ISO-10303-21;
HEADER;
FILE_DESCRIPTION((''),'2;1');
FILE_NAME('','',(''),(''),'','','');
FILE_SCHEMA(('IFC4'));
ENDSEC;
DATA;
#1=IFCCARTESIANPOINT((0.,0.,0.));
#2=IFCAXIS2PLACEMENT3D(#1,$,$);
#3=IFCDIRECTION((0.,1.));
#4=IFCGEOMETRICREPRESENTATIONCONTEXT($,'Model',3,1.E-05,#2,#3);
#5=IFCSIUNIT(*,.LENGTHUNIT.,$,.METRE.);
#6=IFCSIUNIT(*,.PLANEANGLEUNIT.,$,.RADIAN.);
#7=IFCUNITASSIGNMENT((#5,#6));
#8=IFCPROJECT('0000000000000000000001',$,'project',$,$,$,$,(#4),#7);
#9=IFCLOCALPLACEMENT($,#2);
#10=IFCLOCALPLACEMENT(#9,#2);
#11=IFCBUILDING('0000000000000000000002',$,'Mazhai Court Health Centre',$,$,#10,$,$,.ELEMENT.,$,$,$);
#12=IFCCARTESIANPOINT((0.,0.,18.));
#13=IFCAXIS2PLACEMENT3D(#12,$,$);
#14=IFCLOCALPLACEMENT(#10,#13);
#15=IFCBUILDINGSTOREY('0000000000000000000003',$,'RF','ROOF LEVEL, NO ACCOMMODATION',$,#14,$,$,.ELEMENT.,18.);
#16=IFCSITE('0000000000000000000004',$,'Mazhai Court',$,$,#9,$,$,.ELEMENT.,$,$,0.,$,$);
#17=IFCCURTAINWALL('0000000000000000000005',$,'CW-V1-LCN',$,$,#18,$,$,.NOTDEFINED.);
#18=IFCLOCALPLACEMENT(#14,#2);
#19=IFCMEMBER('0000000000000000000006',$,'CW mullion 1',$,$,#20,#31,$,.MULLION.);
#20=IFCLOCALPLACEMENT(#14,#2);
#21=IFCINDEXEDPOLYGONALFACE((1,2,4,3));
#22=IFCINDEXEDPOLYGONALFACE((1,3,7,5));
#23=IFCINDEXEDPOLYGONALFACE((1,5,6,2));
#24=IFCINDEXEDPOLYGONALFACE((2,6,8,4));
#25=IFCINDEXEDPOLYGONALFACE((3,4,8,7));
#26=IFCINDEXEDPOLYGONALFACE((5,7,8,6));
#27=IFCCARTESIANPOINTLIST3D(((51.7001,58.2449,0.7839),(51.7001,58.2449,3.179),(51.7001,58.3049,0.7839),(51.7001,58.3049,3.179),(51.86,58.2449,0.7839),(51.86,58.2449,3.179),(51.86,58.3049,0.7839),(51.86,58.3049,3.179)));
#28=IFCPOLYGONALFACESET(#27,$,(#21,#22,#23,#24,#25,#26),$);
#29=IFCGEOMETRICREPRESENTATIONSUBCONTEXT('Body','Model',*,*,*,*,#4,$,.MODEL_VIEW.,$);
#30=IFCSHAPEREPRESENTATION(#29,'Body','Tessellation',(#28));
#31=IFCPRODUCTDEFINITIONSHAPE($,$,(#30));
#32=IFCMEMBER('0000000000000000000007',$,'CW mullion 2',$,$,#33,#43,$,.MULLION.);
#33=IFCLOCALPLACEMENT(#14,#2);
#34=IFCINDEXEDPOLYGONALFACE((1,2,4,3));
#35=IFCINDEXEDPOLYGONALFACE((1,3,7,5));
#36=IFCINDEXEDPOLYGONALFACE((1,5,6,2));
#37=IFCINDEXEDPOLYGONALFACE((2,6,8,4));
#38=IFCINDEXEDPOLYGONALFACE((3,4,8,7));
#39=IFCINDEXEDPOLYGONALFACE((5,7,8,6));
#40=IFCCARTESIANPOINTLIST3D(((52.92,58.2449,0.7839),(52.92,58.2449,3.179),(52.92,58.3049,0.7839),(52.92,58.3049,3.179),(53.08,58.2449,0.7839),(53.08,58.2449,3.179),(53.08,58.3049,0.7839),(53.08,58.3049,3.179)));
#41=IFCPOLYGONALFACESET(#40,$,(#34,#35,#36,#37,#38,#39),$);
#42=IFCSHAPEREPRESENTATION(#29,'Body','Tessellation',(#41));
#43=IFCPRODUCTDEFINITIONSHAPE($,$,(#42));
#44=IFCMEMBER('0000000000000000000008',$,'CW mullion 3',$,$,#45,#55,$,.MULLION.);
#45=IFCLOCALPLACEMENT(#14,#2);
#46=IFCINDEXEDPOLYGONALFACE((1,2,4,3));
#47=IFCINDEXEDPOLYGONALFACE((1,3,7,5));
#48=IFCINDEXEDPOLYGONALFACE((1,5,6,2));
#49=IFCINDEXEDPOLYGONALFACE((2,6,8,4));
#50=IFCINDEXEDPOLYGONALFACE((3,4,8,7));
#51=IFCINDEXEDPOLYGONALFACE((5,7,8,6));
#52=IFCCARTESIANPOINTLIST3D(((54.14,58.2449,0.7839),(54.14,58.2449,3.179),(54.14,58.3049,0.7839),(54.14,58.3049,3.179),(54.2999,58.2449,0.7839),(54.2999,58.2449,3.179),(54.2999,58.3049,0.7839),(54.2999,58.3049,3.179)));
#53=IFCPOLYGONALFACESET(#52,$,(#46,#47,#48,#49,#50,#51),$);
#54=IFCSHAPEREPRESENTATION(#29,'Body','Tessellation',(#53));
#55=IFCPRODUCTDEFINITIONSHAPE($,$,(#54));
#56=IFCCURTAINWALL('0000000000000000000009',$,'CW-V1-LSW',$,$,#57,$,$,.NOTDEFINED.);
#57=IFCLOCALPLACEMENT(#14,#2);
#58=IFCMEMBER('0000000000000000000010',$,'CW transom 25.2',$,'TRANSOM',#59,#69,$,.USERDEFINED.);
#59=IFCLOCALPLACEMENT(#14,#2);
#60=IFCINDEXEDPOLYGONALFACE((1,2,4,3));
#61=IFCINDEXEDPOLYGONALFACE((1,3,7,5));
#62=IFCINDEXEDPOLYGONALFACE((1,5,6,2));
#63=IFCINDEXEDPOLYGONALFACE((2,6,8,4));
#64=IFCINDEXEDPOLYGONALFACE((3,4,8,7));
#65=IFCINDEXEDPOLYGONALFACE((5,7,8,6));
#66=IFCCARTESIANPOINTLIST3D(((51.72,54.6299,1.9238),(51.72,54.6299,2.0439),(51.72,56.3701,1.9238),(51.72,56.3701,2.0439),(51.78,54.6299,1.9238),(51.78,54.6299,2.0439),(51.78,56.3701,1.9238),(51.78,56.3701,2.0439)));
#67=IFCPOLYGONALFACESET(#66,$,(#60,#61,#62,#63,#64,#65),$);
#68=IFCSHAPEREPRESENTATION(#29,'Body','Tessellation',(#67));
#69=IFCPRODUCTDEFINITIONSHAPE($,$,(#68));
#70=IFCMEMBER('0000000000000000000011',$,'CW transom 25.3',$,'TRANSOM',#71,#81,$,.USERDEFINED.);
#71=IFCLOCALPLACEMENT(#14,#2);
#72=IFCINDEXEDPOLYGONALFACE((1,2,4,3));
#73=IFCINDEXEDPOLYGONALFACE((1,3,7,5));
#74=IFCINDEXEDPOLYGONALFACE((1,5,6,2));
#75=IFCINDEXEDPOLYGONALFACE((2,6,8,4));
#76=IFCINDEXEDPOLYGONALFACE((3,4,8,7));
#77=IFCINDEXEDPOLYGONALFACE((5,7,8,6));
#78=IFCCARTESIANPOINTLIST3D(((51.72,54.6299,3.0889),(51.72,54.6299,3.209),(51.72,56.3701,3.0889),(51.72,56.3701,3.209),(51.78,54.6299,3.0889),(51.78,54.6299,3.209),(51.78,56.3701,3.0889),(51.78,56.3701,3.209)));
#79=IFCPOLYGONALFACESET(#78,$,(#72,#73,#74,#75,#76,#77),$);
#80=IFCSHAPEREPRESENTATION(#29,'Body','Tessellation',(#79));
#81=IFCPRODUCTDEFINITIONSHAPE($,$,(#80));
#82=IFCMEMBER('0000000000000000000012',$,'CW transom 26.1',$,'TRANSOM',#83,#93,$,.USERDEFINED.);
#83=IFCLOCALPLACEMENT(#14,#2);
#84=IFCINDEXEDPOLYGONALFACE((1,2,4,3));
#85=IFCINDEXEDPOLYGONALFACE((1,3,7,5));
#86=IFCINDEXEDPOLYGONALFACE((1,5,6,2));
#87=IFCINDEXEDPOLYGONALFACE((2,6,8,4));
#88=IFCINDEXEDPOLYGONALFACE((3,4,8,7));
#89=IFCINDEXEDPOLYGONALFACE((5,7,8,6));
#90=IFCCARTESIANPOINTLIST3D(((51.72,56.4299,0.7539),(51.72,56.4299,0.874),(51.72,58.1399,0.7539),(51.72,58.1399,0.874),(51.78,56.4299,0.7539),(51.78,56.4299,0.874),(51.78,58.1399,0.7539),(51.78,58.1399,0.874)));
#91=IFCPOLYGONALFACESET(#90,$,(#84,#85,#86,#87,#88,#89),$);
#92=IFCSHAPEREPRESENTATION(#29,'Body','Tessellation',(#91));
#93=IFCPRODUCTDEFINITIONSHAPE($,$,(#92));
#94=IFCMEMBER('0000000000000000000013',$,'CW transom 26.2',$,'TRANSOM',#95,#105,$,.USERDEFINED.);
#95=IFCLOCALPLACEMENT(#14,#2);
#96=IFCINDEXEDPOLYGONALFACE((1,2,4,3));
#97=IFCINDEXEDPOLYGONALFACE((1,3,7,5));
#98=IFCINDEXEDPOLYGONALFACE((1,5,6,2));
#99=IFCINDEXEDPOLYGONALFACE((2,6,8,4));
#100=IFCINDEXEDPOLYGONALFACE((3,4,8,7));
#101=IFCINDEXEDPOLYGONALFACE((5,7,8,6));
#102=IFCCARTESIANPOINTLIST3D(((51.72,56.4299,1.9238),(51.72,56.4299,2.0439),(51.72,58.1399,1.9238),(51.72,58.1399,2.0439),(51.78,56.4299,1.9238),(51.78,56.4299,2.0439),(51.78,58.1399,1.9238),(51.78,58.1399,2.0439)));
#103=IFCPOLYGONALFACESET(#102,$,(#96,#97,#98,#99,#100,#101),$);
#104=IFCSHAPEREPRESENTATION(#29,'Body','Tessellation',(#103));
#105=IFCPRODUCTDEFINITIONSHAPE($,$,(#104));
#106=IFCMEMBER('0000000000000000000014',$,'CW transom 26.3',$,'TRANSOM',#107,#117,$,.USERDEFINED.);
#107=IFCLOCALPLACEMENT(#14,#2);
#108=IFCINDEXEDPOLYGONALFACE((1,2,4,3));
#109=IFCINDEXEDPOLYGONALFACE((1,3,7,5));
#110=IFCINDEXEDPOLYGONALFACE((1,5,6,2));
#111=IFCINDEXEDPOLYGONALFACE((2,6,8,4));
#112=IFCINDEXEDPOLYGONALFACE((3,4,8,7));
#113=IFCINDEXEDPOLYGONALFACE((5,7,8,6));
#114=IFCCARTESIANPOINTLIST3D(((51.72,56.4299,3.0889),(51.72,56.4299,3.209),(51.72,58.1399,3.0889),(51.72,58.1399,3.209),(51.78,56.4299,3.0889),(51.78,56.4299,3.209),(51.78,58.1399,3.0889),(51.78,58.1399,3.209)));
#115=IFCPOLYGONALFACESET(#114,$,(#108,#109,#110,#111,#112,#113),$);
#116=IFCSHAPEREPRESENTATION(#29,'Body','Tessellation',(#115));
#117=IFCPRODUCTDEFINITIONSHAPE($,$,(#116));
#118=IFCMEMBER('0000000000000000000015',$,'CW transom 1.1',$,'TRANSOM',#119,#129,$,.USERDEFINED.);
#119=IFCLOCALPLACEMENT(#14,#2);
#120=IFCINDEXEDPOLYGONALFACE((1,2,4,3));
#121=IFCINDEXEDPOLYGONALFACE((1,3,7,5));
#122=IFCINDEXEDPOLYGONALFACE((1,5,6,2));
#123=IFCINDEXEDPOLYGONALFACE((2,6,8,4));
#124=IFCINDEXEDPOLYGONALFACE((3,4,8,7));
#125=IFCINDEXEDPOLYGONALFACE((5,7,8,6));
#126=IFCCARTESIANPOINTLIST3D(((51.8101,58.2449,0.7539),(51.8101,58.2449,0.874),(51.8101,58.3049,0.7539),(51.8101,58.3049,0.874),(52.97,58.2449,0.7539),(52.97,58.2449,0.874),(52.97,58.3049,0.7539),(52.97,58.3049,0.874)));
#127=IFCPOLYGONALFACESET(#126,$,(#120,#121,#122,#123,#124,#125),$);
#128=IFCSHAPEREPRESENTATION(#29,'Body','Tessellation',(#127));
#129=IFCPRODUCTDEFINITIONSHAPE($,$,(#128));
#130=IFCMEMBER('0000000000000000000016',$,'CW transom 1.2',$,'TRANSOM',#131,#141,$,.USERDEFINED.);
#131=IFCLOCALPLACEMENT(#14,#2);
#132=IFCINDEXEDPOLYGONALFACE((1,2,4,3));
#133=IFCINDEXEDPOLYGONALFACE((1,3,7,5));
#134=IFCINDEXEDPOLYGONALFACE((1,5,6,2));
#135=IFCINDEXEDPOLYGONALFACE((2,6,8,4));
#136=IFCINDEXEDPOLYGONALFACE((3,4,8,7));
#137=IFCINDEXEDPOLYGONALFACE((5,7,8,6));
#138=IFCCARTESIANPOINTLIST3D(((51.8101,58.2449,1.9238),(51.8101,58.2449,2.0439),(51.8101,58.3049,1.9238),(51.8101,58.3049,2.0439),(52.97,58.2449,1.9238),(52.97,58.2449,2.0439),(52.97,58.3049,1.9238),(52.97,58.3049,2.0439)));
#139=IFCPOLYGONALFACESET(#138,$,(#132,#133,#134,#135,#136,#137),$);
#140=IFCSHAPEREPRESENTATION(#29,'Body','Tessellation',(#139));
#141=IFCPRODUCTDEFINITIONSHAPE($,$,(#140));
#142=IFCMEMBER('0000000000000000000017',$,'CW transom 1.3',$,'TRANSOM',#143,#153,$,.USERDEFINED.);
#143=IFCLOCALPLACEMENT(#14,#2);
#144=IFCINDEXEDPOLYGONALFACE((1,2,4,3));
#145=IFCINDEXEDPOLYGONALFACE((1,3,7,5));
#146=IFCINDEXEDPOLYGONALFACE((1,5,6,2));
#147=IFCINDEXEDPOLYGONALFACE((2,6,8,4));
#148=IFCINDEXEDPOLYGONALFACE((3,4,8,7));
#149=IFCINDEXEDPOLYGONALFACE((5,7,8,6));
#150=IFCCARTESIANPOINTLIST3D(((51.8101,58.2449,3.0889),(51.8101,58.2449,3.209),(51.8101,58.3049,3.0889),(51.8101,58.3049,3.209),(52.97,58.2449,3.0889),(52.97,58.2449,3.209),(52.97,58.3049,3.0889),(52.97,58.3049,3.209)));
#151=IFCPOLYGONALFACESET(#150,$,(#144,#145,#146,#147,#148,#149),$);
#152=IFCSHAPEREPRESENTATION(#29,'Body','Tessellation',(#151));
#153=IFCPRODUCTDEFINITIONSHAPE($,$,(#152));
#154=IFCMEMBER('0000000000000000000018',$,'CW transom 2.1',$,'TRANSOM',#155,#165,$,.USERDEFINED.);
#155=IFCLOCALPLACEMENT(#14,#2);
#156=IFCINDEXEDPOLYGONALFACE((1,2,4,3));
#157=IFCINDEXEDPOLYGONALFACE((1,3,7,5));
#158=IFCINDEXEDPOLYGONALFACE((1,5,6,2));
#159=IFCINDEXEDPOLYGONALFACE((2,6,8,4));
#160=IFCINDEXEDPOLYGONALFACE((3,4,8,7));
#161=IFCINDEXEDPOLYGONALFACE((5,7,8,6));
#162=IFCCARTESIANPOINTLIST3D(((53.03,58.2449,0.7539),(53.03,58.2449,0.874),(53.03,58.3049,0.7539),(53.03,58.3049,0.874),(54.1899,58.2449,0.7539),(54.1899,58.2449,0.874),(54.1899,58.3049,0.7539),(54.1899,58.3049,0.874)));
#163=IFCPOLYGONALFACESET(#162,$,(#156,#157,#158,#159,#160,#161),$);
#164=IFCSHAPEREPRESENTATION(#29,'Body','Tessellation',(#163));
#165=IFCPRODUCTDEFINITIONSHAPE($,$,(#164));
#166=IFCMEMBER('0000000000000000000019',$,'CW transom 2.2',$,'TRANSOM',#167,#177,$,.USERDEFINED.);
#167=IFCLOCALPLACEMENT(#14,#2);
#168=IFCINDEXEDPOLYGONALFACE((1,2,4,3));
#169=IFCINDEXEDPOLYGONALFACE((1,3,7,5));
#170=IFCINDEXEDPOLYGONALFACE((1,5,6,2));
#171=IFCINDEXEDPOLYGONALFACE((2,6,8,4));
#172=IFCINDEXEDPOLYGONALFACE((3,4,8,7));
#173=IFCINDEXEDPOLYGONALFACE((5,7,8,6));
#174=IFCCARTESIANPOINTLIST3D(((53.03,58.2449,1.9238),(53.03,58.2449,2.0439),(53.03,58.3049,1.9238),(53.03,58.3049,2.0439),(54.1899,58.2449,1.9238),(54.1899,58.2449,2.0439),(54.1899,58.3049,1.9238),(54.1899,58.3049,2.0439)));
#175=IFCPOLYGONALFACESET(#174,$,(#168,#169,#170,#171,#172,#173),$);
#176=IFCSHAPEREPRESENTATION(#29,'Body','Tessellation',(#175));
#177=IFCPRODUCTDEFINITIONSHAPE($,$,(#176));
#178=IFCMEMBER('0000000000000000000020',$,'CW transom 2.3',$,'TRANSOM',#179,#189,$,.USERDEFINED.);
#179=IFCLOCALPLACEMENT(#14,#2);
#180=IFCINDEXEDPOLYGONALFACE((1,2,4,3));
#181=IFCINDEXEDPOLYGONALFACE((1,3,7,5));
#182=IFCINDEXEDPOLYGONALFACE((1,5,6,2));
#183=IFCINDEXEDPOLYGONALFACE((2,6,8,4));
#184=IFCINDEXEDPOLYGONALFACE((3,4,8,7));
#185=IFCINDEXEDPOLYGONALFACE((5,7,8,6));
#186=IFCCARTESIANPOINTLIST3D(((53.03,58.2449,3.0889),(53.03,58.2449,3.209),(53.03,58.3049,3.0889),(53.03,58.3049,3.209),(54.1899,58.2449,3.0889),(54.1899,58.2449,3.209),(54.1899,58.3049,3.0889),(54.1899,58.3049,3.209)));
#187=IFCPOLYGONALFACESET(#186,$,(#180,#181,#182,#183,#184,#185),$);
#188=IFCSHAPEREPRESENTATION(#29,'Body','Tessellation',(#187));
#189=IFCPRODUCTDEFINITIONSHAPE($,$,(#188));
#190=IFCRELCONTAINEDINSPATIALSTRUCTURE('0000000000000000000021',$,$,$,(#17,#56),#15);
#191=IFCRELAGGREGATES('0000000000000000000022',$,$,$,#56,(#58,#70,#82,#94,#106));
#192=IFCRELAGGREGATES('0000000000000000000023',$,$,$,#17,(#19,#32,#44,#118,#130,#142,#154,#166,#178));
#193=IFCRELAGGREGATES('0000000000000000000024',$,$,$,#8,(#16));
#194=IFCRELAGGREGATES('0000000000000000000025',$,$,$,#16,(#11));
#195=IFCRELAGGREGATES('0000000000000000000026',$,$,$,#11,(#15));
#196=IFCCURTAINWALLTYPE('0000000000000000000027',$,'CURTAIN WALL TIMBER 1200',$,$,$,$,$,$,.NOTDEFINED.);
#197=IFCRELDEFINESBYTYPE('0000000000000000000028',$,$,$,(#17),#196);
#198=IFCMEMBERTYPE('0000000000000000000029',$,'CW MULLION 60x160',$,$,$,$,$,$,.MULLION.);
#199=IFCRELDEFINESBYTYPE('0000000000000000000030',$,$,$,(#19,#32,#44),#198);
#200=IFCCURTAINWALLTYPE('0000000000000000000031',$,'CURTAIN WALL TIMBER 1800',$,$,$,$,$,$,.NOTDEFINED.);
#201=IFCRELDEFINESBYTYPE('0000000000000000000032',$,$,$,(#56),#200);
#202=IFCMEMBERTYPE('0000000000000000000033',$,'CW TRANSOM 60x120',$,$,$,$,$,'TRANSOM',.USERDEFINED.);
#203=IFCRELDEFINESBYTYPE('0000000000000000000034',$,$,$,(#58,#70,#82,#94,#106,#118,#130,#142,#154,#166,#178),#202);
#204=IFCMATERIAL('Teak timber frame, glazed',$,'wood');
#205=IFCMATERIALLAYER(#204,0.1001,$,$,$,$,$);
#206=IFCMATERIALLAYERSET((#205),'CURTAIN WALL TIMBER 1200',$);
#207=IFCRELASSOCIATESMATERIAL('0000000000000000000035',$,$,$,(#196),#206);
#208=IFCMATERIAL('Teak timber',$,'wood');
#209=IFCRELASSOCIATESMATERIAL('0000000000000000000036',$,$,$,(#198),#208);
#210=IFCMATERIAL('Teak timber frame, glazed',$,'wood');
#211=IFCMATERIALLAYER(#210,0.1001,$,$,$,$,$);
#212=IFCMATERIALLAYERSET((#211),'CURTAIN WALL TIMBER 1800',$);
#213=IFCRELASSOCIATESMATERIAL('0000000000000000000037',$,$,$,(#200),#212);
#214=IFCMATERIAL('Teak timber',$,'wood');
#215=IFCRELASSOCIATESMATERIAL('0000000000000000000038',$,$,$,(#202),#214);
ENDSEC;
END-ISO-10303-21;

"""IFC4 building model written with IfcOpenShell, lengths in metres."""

from ifc_helpers import new_model, si_unit, direction, frame, origin, origin_2d, place, context, subcontext, project, spatial, rectangle, extrude, material, layer, layer_set, material_profile, profile_set, type_object, element, aggregate, save


model = new_model("IFC4")

# Units and contexts
model_context = context("Model", 3, precision=1e-05, world=origin(), true_north=direction((0.0, 1.0)))
body_context = subcontext(model_context, "Body", "Model", "MODEL_VIEW")
ifc_project = project(units=[si_unit("LENGTHUNIT", "METRE"), si_unit("PLANEANGLEUNIT", "RADIAN")], contexts=[model_context])

# Site, building, storey
site_placement = place(None, origin())
site = spatial("IfcSite", under=ifc_project, at=site_placement, Name="Mazhai Court", CompositionType="ELEMENT", RefElevation=0.0)
building_placement = place(site_placement, origin())
building = spatial("IfcBuilding", under=site, at=building_placement, Name="Mazhai Court Health Centre", CompositionType="ELEMENT")
storey_placement = place(building_placement, frame((0.0, 0.0, 18.0)))
storey = spatial("IfcBuildingStorey", under=building, at=storey_placement, Name="RF", Description="ROOF LEVEL, NO ACCOMMODATION", CompositionType="ELEMENT", Elevation=18.0)

# Curtain walls, members
ifc_material_1 = material(Name="Teak timber frame, glazed", Category="wood")
ifc_layer_1 = layer(ifc_material_1, 0.1001)
ifc_layer_set_1 = layer_set([ifc_layer_1], Name="CURTAIN WALL TIMBER 1200")
curtain_wall_type_1 = type_object("IfcCurtainWallType", Name="CURTAIN WALL TIMBER 1200", PredefinedType="NOTDEFINED", material=ifc_layer_set_1)
curtain_wall_1_placement = place(storey_placement, origin())
curtain_wall_1 = element("IfcCurtainWall", 1, at=curtain_wall_1_placement, inside=storey, type_object=curtain_wall_type_1, Name="CW-V1-LCN", PredefinedType="NOTDEFINED")
ifc_material_2 = material(Name="Teak timber", Category="wood")
ifc_material_profile_1 = material_profile(ifc_material_2, rectangle(XDim=0.0601, YDim=0.1599, at=origin_2d()), Name="CW MULLION 60x160")
ifc_profile_set_1 = profile_set([ifc_material_profile_1], Name="Teak timber")
member_type_1 = type_object("IfcMemberType", Name="CW MULLION 60x160", PredefinedType="MULLION", material=ifc_profile_set_1)
member_1_placement = place(storey_placement, frame((51.78, 58.2749, 0.7839), z_axis=(0.0, 0.0, 1.0), x_axis=(0.0, 1.0, 0.0)))
member_1 = element("IfcMember", 2, at=member_1_placement, type_object=member_type_1, Name="CW mullion 1", PredefinedType="MULLION", context=body_context, shape_type="SweptSolid", body=[
    extrude(rectangle(XDim=0.0601, YDim=0.1599, at=origin_2d()), origin(), (0.0, 0.0, 1.0), 2.395),
])
member_2_placement = place(storey_placement, frame((53.0, 58.2749, 0.7839), z_axis=(0.0, 0.0, 1.0), x_axis=(0.0, 1.0, 0.0)))
member_2 = element("IfcMember", 3, at=member_2_placement, type_object=member_type_1, Name="CW mullion 2", PredefinedType="MULLION", context=body_context, shape_type="SweptSolid", body=[
    extrude(rectangle(XDim=0.0601, YDim=0.1599, at=origin_2d()), origin(), (0.0, 0.0, 1.0), 2.395),
])
member_3_placement = place(storey_placement, frame((54.22, 58.2749, 0.7839), z_axis=(0.0, 0.0, 1.0), x_axis=(0.0, 1.0, 0.0)))
member_3 = element("IfcMember", 4, at=member_3_placement, type_object=member_type_1, Name="CW mullion 3", PredefinedType="MULLION", context=body_context, shape_type="SweptSolid", body=[
    extrude(rectangle(XDim=0.0601, YDim=0.1599, at=origin_2d()), origin(), (0.0, 0.0, 1.0), 2.395),
])
ifc_material_3 = material(Name="Teak timber frame, glazed", Category="wood")
ifc_layer_2 = layer(ifc_material_3, 0.1001)
ifc_layer_set_2 = layer_set([ifc_layer_2], Name="CURTAIN WALL TIMBER 1800")
curtain_wall_type_2 = type_object("IfcCurtainWallType", Name="CURTAIN WALL TIMBER 1800", PredefinedType="NOTDEFINED", material=ifc_layer_set_2)
curtain_wall_2_placement = place(storey_placement, origin())
curtain_wall_2 = element("IfcCurtainWall", 5, at=curtain_wall_2_placement, inside=storey, type_object=curtain_wall_type_2, Name="CW-V1-LSW", PredefinedType="NOTDEFINED")
ifc_material_4 = material(Name="Teak timber", Category="wood")
ifc_material_profile_2 = material_profile(ifc_material_4, rectangle(XDim=0.0601, YDim=0.1201, at=origin_2d()), Name="CW TRANSOM 60x120")
ifc_profile_set_2 = profile_set([ifc_material_profile_2], Name="Teak timber")
member_type_2 = type_object("IfcMemberType", Name="CW TRANSOM 60x120", ElementType="TRANSOM", PredefinedType="USERDEFINED", material=ifc_profile_set_2)
member_4_placement = place(storey_placement, frame((51.75, 54.6299, 1.9839), z_axis=(0.0, 1.0, 0.0), x_axis=(-1.0, 0.0, 0.0)))
member_4 = element("IfcMember", 6, at=member_4_placement, type_object=member_type_2, Name="CW transom 25.2", ObjectType="TRANSOM", PredefinedType="USERDEFINED", context=body_context, shape_type="SweptSolid", body=[
    extrude(rectangle(XDim=0.0601, YDim=0.1201, at=origin_2d()), origin(), (0.0, 0.0, 1.0), 1.7402),
])
member_5_placement = place(storey_placement, frame((51.75, 54.6299, 3.1489), z_axis=(0.0, 1.0, 0.0), x_axis=(-1.0, 0.0, 0.0)))
member_5 = element("IfcMember", 7, at=member_5_placement, type_object=member_type_2, Name="CW transom 25.3", ObjectType="TRANSOM", PredefinedType="USERDEFINED", context=body_context, shape_type="SweptSolid", body=[
    extrude(rectangle(XDim=0.0601, YDim=0.1201, at=origin_2d()), origin(), (0.0, 0.0, 1.0), 1.7402),
])
member_6_placement = place(storey_placement, frame((51.75, 56.4299, 0.814), z_axis=(0.0, 1.0, 0.0), x_axis=(-1.0, 0.0, 0.0)))
member_6 = element("IfcMember", 8, at=member_6_placement, type_object=member_type_2, Name="CW transom 26.1", ObjectType="TRANSOM", PredefinedType="USERDEFINED", context=body_context, shape_type="SweptSolid", body=[
    extrude(rectangle(XDim=0.0601, YDim=0.1201, at=origin_2d()), origin(), (0.0, 0.0, 1.0), 1.71),
])
member_7_placement = place(storey_placement, frame((51.75, 56.4299, 1.9839), z_axis=(0.0, 1.0, 0.0), x_axis=(-1.0, 0.0, 0.0)))
member_7 = element("IfcMember", 9, at=member_7_placement, type_object=member_type_2, Name="CW transom 26.2", ObjectType="TRANSOM", PredefinedType="USERDEFINED", context=body_context, shape_type="SweptSolid", body=[
    extrude(rectangle(XDim=0.0601, YDim=0.1201, at=origin_2d()), origin(), (0.0, 0.0, 1.0), 1.71),
])
member_8_placement = place(storey_placement, frame((51.75, 56.4299, 3.1489), z_axis=(0.0, 1.0, 0.0), x_axis=(-1.0, 0.0, 0.0)))
member_8 = element("IfcMember", 10, at=member_8_placement, type_object=member_type_2, Name="CW transom 26.3", ObjectType="TRANSOM", PredefinedType="USERDEFINED", context=body_context, shape_type="SweptSolid", body=[
    extrude(rectangle(XDim=0.0601, YDim=0.1201, at=origin_2d()), origin(), (0.0, 0.0, 1.0), 1.71),
])

# Members
member_9_placement = place(storey_placement, frame((51.8101, 58.2749, 0.814), z_axis=(1.0, 0.0, 0.0), x_axis=(0.0, 1.0, 0.0)))
member_9 = element("IfcMember", 11, at=member_9_placement, type_object=member_type_2, Name="CW transom 1.1", ObjectType="TRANSOM", PredefinedType="USERDEFINED", context=body_context, shape_type="SweptSolid", body=[
    extrude(rectangle(XDim=0.0601, YDim=0.1201, at=origin_2d()), origin(), (0.0, 0.0, 1.0), 1.1599),
])
member_10_placement = place(storey_placement, frame((51.8101, 58.2749, 1.9839), z_axis=(1.0, 0.0, 0.0), x_axis=(0.0, 1.0, 0.0)))
member_10 = element("IfcMember", 12, at=member_10_placement, type_object=member_type_2, Name="CW transom 1.2", ObjectType="TRANSOM", PredefinedType="USERDEFINED", context=body_context, shape_type="SweptSolid", body=[
    extrude(rectangle(XDim=0.0601, YDim=0.1201, at=origin_2d()), origin(), (0.0, 0.0, 1.0), 1.1599),
])
member_11_placement = place(storey_placement, frame((51.8101, 58.2749, 3.1489), z_axis=(1.0, 0.0, 0.0), x_axis=(0.0, 1.0, 0.0)))
member_11 = element("IfcMember", 13, at=member_11_placement, type_object=member_type_2, Name="CW transom 1.3", ObjectType="TRANSOM", PredefinedType="USERDEFINED", context=body_context, shape_type="SweptSolid", body=[
    extrude(rectangle(XDim=0.0601, YDim=0.1201, at=origin_2d()), origin(), (0.0, 0.0, 1.0), 1.1599),
])
member_12_placement = place(storey_placement, frame((53.03, 58.2749, 0.814), z_axis=(1.0, 0.0, 0.0), x_axis=(0.0, 1.0, 0.0)))
member_12 = element("IfcMember", 14, at=member_12_placement, type_object=member_type_2, Name="CW transom 2.1", ObjectType="TRANSOM", PredefinedType="USERDEFINED", context=body_context, shape_type="SweptSolid", body=[
    extrude(rectangle(XDim=0.0601, YDim=0.1201, at=origin_2d()), origin(), (0.0, 0.0, 1.0), 1.1599),
])
member_13_placement = place(storey_placement, frame((53.03, 58.2749, 1.9839), z_axis=(1.0, 0.0, 0.0), x_axis=(0.0, 1.0, 0.0)))
member_13 = element("IfcMember", 15, at=member_13_placement, type_object=member_type_2, Name="CW transom 2.2", ObjectType="TRANSOM", PredefinedType="USERDEFINED", context=body_context, shape_type="SweptSolid", body=[
    extrude(rectangle(XDim=0.0601, YDim=0.1201, at=origin_2d()), origin(), (0.0, 0.0, 1.0), 1.1599),
])
member_14_placement = place(storey_placement, frame((53.03, 58.2749, 3.1489), z_axis=(1.0, 0.0, 0.0), x_axis=(0.0, 1.0, 0.0)))
member_14 = element("IfcMember", 16, at=member_14_placement, type_object=member_type_2, Name="CW transom 2.3", ObjectType="TRANSOM", PredefinedType="USERDEFINED", context=body_context, shape_type="SweptSolid", body=[
    extrude(rectangle(XDim=0.0601, YDim=0.1201, at=origin_2d()), origin(), (0.0, 0.0, 1.0), 1.1599),
])

aggregate(curtain_wall_2, [member_4, member_5, member_6, member_7, member_8])
aggregate(curtain_wall_1, [member_1, member_2, member_3, member_9, member_10, member_11, member_12, member_13, member_14])

save(model, "model.ifc")
